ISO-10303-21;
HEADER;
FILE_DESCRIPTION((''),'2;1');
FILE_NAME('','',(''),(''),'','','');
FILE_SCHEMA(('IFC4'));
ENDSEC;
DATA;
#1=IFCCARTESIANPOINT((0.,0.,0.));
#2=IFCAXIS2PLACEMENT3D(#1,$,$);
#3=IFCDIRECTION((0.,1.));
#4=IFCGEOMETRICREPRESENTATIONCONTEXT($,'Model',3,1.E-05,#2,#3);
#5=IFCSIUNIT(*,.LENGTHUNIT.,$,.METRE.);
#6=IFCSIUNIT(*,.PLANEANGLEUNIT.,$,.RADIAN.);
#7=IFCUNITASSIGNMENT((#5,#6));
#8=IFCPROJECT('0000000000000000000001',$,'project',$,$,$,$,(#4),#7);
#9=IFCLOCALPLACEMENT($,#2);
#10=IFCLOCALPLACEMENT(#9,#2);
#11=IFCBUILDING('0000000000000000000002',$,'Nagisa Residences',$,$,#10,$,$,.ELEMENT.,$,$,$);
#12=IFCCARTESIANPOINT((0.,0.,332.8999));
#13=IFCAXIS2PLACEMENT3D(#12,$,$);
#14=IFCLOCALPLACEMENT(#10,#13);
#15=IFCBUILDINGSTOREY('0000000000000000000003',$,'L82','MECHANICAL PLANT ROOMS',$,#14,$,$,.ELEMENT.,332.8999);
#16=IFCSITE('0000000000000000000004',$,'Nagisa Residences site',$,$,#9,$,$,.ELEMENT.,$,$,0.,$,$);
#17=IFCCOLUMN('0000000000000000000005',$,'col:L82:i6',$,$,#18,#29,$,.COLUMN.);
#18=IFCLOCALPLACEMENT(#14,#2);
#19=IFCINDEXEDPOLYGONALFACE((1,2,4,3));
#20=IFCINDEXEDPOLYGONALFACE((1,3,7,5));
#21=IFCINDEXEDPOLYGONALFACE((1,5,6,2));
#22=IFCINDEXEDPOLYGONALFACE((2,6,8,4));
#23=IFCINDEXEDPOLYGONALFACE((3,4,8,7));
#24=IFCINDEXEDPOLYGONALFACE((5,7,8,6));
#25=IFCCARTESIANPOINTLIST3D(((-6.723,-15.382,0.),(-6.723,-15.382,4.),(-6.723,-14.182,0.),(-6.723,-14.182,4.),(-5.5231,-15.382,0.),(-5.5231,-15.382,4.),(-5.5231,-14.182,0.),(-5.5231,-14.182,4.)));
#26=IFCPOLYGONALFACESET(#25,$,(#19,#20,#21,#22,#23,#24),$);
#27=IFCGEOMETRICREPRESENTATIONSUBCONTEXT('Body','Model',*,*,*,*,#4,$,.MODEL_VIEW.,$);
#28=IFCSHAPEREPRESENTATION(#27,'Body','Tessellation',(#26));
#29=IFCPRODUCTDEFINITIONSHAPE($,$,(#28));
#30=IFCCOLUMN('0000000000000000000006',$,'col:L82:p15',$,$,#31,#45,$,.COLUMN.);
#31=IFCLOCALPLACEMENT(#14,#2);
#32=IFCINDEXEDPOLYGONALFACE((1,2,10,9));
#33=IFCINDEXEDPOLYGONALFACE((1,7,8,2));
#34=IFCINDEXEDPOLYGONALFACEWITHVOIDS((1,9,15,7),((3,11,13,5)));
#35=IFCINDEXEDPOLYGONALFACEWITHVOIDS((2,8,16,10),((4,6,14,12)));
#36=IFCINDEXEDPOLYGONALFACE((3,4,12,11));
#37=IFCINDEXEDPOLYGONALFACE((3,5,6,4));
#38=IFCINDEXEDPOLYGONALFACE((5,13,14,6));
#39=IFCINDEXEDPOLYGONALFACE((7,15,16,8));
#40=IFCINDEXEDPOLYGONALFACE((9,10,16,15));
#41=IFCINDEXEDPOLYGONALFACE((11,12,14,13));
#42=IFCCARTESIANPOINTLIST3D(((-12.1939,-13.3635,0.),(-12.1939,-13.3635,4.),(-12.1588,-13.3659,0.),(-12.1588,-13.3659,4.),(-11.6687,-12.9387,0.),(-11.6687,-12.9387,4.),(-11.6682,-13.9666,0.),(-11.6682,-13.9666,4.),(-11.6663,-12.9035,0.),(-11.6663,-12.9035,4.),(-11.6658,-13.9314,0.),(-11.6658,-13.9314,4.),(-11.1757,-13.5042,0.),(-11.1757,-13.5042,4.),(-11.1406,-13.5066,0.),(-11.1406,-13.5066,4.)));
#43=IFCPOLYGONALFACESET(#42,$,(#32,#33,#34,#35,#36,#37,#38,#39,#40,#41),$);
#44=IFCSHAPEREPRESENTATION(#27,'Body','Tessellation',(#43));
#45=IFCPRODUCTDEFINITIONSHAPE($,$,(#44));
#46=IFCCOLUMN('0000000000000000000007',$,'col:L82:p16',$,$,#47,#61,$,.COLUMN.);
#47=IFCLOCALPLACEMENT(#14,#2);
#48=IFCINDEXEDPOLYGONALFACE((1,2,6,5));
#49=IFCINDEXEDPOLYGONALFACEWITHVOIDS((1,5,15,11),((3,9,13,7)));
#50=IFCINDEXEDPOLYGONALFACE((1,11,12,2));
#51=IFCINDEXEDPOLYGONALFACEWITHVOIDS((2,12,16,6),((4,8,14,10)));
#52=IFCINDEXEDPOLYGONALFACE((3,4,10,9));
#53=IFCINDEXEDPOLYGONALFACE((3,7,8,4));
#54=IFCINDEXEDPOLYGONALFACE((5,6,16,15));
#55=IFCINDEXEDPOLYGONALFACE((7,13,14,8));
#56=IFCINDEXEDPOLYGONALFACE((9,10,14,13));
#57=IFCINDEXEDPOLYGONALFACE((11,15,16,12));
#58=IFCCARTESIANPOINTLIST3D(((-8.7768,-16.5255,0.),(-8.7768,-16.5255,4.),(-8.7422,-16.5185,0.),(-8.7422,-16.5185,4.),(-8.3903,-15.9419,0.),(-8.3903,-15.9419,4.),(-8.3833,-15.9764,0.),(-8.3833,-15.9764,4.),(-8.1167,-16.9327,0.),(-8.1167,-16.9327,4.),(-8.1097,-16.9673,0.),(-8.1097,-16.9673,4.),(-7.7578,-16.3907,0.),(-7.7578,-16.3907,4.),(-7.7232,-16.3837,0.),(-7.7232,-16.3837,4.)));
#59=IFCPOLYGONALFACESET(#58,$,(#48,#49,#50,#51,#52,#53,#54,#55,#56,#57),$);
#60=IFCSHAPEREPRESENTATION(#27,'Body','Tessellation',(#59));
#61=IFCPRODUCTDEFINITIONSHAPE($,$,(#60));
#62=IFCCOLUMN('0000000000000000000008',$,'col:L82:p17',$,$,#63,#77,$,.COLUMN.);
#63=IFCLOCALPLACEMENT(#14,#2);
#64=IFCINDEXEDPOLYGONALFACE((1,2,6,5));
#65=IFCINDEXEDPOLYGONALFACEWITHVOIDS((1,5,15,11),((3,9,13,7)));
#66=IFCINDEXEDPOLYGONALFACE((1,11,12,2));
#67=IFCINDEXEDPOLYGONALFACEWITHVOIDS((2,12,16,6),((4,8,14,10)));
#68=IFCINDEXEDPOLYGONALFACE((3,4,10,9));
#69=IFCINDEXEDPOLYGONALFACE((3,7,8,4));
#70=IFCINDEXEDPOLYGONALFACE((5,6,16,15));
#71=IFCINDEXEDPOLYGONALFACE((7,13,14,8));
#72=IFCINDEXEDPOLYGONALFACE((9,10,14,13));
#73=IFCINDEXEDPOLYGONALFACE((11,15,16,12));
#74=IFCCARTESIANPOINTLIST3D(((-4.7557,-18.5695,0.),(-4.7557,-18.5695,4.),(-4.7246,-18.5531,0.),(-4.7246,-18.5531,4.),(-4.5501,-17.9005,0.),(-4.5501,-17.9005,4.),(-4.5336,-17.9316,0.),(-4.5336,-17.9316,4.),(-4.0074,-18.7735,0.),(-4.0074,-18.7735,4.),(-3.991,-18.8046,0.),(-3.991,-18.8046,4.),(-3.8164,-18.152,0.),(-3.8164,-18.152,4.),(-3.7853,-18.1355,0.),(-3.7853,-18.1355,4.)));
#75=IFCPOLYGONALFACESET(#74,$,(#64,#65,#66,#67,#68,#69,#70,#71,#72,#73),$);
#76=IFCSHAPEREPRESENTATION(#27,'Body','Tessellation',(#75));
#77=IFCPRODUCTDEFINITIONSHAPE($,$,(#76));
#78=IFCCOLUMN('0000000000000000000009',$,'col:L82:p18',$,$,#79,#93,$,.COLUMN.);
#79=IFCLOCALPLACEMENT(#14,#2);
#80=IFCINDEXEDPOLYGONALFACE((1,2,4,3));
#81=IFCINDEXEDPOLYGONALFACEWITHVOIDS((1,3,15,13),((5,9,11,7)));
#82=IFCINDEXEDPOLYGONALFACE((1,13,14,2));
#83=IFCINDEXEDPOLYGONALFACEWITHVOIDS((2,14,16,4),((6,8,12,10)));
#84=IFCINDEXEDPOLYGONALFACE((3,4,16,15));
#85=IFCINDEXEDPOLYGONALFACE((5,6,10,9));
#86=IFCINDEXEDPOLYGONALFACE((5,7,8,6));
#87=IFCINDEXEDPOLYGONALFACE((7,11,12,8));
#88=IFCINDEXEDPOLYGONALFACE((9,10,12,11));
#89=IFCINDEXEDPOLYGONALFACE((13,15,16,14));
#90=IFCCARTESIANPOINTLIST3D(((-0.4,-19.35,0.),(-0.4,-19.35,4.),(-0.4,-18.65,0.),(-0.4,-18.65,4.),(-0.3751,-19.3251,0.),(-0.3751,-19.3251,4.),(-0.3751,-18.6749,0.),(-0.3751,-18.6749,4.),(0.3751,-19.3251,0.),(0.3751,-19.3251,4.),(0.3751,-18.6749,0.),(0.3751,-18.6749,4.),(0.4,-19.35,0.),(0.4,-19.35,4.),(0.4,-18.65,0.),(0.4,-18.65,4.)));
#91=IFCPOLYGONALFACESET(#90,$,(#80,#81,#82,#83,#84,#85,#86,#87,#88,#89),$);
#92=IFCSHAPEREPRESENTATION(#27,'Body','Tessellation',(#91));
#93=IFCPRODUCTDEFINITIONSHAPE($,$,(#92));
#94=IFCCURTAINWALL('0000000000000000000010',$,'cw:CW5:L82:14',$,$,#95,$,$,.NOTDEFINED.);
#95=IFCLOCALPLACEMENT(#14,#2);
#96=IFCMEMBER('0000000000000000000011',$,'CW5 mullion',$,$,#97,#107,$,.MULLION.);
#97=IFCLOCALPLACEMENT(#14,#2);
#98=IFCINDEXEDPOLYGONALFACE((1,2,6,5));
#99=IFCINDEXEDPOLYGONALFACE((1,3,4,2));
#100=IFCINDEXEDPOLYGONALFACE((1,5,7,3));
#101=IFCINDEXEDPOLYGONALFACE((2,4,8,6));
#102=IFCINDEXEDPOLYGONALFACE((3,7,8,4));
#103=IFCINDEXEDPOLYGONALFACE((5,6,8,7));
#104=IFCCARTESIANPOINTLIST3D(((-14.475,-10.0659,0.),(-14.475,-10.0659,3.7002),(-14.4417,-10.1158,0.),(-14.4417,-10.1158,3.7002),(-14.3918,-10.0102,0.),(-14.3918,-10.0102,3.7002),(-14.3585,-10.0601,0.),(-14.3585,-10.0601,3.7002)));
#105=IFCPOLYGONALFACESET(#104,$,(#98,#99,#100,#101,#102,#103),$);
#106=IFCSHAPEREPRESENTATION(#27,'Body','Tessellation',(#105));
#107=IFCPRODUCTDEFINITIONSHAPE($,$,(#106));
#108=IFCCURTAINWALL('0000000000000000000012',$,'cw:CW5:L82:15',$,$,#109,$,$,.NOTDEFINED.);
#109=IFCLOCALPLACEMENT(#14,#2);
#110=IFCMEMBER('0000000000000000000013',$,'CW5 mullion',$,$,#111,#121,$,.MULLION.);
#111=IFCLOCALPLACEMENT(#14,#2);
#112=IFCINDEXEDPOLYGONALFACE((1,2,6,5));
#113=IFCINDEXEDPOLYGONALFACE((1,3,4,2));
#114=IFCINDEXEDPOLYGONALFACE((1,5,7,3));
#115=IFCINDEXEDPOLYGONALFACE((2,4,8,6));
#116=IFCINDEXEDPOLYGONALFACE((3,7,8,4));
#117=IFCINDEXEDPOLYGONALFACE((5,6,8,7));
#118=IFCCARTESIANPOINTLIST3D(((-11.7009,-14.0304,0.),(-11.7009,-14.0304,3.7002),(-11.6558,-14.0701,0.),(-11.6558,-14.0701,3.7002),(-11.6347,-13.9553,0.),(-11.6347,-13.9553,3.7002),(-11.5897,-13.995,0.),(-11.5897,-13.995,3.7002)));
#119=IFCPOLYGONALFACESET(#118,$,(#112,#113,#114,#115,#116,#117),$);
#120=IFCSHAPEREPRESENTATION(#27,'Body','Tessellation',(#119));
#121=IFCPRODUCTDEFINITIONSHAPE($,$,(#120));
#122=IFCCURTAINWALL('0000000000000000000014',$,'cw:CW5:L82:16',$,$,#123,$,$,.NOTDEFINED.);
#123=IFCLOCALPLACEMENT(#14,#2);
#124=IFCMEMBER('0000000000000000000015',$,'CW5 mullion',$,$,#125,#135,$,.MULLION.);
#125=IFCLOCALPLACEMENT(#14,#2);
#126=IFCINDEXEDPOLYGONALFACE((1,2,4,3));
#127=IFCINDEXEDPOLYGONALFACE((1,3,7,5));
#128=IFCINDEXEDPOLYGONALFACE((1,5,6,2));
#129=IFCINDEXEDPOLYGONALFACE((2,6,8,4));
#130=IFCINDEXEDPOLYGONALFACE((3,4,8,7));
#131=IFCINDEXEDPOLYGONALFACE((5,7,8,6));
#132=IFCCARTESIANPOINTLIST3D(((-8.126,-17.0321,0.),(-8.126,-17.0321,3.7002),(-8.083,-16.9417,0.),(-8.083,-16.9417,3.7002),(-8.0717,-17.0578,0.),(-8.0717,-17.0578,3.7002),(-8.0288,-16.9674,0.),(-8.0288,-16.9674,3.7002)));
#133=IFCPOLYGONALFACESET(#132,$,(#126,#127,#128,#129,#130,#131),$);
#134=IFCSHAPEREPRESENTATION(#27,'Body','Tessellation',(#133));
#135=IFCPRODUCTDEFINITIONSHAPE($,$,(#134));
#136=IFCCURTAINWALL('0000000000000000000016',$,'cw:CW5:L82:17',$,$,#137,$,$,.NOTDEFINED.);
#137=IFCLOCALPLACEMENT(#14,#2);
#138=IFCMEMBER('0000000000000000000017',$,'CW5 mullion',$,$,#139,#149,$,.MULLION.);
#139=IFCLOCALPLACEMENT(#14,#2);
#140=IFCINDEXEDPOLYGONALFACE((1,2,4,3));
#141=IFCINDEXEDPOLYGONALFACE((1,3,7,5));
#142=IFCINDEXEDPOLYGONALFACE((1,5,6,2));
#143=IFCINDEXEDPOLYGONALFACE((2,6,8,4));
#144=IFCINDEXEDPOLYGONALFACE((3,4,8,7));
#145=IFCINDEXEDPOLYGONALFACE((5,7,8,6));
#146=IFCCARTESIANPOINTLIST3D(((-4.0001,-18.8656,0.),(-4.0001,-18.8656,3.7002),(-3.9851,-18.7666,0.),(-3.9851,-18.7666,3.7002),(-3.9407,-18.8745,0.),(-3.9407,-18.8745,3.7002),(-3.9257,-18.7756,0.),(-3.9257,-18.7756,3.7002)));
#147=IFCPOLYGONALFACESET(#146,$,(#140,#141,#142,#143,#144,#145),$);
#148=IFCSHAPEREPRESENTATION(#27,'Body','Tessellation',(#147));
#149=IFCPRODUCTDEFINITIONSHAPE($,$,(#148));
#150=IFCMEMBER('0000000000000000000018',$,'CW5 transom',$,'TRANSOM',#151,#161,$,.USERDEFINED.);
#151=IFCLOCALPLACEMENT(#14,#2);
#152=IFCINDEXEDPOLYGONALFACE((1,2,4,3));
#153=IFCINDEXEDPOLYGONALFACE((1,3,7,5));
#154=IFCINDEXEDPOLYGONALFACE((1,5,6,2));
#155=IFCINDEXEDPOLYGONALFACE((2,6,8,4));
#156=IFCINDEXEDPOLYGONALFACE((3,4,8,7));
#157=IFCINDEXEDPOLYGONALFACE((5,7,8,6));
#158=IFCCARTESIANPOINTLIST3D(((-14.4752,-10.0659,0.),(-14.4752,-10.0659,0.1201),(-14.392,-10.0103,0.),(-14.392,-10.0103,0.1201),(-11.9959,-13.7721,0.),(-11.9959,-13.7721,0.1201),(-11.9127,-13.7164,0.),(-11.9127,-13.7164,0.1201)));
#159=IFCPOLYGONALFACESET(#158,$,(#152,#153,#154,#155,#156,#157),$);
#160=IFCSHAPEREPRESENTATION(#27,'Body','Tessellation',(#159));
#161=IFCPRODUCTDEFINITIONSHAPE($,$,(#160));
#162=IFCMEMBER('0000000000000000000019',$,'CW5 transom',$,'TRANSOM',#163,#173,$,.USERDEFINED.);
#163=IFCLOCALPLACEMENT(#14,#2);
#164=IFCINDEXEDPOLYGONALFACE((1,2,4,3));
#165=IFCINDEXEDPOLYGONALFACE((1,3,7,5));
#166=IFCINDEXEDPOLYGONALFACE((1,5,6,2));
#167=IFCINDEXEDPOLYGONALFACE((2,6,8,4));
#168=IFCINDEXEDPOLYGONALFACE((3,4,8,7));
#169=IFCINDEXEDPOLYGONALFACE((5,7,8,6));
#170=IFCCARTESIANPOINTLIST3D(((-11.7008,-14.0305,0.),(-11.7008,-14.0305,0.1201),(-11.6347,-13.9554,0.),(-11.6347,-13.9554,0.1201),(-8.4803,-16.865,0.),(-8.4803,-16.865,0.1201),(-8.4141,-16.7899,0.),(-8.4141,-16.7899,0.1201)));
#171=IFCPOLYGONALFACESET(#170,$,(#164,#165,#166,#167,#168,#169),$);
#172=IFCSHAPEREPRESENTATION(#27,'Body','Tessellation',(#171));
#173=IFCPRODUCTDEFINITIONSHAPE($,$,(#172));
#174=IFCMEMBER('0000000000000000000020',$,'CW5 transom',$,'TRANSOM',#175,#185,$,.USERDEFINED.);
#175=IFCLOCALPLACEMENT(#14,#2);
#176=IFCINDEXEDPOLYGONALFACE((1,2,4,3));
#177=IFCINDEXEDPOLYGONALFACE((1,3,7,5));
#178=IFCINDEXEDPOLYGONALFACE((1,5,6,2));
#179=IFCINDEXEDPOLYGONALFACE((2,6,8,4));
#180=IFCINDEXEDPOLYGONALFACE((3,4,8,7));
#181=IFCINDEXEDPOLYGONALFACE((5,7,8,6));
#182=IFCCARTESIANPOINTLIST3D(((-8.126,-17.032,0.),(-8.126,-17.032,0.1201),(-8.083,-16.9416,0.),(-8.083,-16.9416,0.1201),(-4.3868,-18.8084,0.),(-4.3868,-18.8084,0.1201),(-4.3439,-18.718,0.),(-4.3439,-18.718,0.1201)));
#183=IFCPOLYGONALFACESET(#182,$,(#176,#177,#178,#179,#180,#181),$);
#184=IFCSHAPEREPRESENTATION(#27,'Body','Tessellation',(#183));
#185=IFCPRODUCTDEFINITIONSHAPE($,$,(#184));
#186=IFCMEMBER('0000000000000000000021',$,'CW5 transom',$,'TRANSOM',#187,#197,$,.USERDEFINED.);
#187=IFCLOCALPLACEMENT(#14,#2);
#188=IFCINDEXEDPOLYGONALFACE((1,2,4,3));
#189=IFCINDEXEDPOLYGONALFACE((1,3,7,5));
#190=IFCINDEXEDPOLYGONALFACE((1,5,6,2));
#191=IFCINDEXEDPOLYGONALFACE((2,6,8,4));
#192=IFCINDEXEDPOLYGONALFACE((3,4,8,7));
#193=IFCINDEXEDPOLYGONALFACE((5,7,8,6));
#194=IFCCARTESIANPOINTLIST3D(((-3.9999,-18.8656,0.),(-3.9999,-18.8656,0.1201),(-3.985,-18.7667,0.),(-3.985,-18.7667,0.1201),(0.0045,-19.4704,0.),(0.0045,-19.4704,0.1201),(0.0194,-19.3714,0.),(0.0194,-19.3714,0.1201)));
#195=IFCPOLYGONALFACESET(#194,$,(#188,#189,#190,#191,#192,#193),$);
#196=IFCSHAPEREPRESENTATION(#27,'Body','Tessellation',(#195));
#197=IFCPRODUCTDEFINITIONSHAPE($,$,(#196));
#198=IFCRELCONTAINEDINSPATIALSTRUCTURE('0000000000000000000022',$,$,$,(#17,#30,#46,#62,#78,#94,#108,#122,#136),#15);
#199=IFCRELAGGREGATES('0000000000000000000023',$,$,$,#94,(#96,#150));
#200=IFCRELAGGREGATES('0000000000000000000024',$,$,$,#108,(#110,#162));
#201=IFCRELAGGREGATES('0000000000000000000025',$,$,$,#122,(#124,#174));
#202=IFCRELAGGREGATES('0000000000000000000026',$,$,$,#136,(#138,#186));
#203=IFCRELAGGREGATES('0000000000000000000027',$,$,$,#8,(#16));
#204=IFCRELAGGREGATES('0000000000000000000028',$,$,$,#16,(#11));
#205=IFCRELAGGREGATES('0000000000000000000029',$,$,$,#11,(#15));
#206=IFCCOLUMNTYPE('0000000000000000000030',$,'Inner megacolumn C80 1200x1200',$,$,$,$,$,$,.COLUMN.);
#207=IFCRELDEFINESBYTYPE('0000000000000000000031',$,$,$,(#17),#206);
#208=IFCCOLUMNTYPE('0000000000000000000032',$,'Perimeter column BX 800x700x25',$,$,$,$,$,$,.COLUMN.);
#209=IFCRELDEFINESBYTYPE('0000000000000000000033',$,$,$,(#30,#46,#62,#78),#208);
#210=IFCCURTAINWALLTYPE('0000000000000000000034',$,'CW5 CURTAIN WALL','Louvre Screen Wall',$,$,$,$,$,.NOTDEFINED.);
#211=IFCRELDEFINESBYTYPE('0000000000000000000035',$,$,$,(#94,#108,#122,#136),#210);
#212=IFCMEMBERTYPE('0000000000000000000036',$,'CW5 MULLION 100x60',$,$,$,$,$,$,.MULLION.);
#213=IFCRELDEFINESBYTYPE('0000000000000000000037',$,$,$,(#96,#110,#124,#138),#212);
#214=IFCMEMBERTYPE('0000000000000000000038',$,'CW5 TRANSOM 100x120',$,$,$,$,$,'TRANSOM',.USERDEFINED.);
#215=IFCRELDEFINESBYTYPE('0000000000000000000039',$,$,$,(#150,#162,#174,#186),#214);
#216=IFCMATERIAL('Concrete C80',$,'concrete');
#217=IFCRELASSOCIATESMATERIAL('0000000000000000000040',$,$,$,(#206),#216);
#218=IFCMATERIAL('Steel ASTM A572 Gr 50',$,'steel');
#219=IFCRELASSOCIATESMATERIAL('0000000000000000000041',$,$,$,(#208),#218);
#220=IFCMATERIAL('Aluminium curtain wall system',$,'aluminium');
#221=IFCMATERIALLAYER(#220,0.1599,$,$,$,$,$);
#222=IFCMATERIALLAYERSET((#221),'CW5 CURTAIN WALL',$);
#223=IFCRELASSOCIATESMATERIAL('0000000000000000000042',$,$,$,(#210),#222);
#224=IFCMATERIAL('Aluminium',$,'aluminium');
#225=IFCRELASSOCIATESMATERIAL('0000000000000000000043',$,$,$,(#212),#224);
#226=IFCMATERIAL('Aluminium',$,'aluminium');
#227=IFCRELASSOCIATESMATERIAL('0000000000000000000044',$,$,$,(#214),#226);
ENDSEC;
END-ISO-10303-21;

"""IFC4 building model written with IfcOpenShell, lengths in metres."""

from ifc_helpers import new_model, si_unit, direction, frame, origin, origin_2d, place, context, subcontext, project, spatial, rectangle, hollow_rectangle, extrude, material, layer, layer_set, material_profile, profile_set, type_object, element, aggregate, save


model = new_model("IFC4")

# Units and contexts
model_context = context("Model", 3, precision=1e-05, world=origin(), true_north=direction((0.0, 1.0)))
body_context = subcontext(model_context, "Body", "Model", "MODEL_VIEW")
ifc_project = project(units=[si_unit("LENGTHUNIT", "METRE"), si_unit("PLANEANGLEUNIT", "RADIAN")], contexts=[model_context])

# Site, building, storey
site_placement = place(None, origin())
site = spatial("IfcSite", under=ifc_project, at=site_placement, Name="Nagisa Residences site", CompositionType="ELEMENT", RefElevation=0.0)
building_placement = place(site_placement, origin())
building = spatial("IfcBuilding", under=site, at=building_placement, Name="Nagisa Residences", CompositionType="ELEMENT")
storey_placement = place(building_placement, frame((0.0, 0.0, 332.8999)))
storey = spatial("IfcBuildingStorey", under=building, at=storey_placement, Name="L82", Description="MECHANICAL PLANT ROOMS", CompositionType="ELEMENT", Elevation=332.8999)

# Columns
ifc_material_1 = material(Name="Concrete C80", Category="concrete")
ifc_material_profile_1 = material_profile(ifc_material_1, rectangle(XDim=1.2, YDim=1.2, at=origin_2d()), Name="C80 1200x1200")
ifc_profile_set_1 = profile_set([ifc_material_profile_1], Name="Concrete C80")
column_type_1 = type_object("IfcColumnType", Name="Inner megacolumn C80 1200x1200", PredefinedType="COLUMN", material=ifc_profile_set_1)
column_placement = place(storey_placement, frame((-6.123, -14.782, 0.0), z_axis=(0.0, 0.0, 1.0), x_axis=(1.0, 0.0, 0.0)))
element("IfcColumn", 1, at=column_placement, inside=storey, type_object=column_type_1, Name="col:L82:i6", PredefinedType="COLUMN", context=body_context, shape_type="SweptSolid", body=[
    extrude(rectangle(XDim=1.2, YDim=1.2, at=origin_2d()), origin(), (0.0, 0.0, 1.0), 4.0),
])
ifc_material_2 = material(Name="Steel ASTM A572 Gr 50", Category="steel")
ifc_material_profile_2 = material_profile(ifc_material_2, hollow_rectangle(XDim=0.8, YDim=0.7, WallThickness=0.0249, at=origin_2d()), Name="BX 800x700x25")
ifc_profile_set_2 = profile_set([ifc_material_profile_2], Name="Steel ASTM A572 Gr 50")
column_type_2 = type_object("IfcColumnType", Name="Perimeter column BX 800x700x25", PredefinedType="COLUMN", material=ifc_profile_set_2)
for number, where, z_axis, x_axis, name in (
    (2, (-11.6672, -13.4351, 0.0), (0.0, 0.0, 1.0), (0.657135, -0.753773, 0.0), "col:L82:p15"),
    (3, (-8.25, -16.4546, 0.0), (0.0, 0.0, 1.0), (0.833744, -0.552151, 0.0), "col:L82:p16"),
    (4, (-4.2705, -18.3525, 0.0), (0.0, 0.0, 1.0), (0.95587, -0.29379, 0.0), "col:L82:p17"),
    (5, (0.0, -19.0, 0.0), (0.0, 0.0, 1.0), (1.0, 0.0, 0.0), "col:L82:p18"),
):
    element("IfcColumn", number, at=place(storey_placement, frame(where, z_axis=z_axis, x_axis=x_axis)), inside=storey, type_object=column_type_2, Name=name, PredefinedType="COLUMN", context=body_context, shape_type="SweptSolid", body=[
        extrude(hollow_rectangle(XDim=0.8, YDim=0.7, WallThickness=0.0249, at=origin_2d()), origin(), (0.0, 0.0, 1.0), 4.0),
    ])

# Curtain walls, members
ifc_material_3 = material(Name="Aluminium curtain wall system", Category="aluminium")
ifc_layer_1 = layer(ifc_material_3, 0.1599)
ifc_layer_set_1 = layer_set([ifc_layer_1], Name="CW5 CURTAIN WALL")
curtain_wall_type = type_object("IfcCurtainWallType", Name="CW5 CURTAIN WALL", Description="Louvre Screen Wall", PredefinedType="NOTDEFINED", material=ifc_layer_set_1)
curtain_wall_1_placement = place(storey_placement, origin())
curtain_wall_1 = element("IfcCurtainWall", 6, at=curtain_wall_1_placement, inside=storey, type_object=curtain_wall_type, Name="cw:CW5:L82:14", PredefinedType="NOTDEFINED")
ifc_material_4 = material(Name="Aluminium", Category="aluminium")
ifc_material_profile_3 = material_profile(ifc_material_4, rectangle(XDim=0.1001, YDim=0.0601, at=origin_2d()), Name="CW5 MULLION 100x60")
ifc_profile_set_3 = profile_set([ifc_material_profile_3], Name="Aluminium")
member_type_1 = type_object("IfcMemberType", Name="CW5 MULLION 100x60", PredefinedType="MULLION", material=ifc_profile_set_3)
member_1_placement = place(storey_placement, frame((-14.4167, -10.063, 0.0), z_axis=(0.0, 0.0, 1.0), x_axis=(0.831173, 0.556014, 0.0)))
member_1 = element("IfcMember", 7, at=member_1_placement, type_object=member_type_1, Name="CW5 mullion", PredefinedType="MULLION", context=body_context, shape_type="SweptSolid", body=[
    extrude(rectangle(XDim=0.1001, YDim=0.0601, at=origin_2d()), origin(), (0.0, 0.0, 1.0), 3.7002),
])
curtain_wall_2_placement = place(storey_placement, origin())
curtain_wall_2 = element("IfcCurtainWall", 8, at=curtain_wall_2_placement, inside=storey, type_object=curtain_wall_type, Name="cw:CW5:L82:15", PredefinedType="NOTDEFINED")
member_2_placement = place(storey_placement, frame((-11.6453, -14.0127, 0.0), z_axis=(0.0, 0.0, 1.0), x_axis=(0.660699, 0.750651, 0.0)))
member_2 = element("IfcMember", 9, at=member_2_placement, type_object=member_type_1, Name="CW5 mullion", PredefinedType="MULLION", context=body_context, shape_type="SweptSolid", body=[
    extrude(rectangle(XDim=0.1001, YDim=0.0601, at=origin_2d()), origin(), (0.0, 0.0, 1.0), 3.7002),
])
curtain_wall_3_placement = place(storey_placement, origin())
curtain_wall_3 = element("IfcCurtainWall", 10, at=curtain_wall_3_placement, inside=storey, type_object=curtain_wall_type, Name="cw:CW5:L82:16", PredefinedType="NOTDEFINED")
member_3_placement = place(storey_placement, frame((-8.0774, -16.9998, 0.0), z_axis=(0.0, 0.0, 1.0), x_axis=(0.429151, 0.903233, 0.0)))
member_3 = element("IfcMember", 11, at=member_3_placement, type_object=member_type_1, Name="CW5 mullion", PredefinedType="MULLION", context=body_context, shape_type="SweptSolid", body=[
    extrude(rectangle(XDim=0.1001, YDim=0.0601, at=origin_2d()), origin(), (0.0, 0.0, 1.0), 3.7002),
])
curtain_wall_4_placement = place(storey_placement, origin())
curtain_wall_4 = element("IfcCurtainWall", 12, at=curtain_wall_4_placement, inside=storey, type_object=curtain_wall_type, Name="cw:CW5:L82:17", PredefinedType="NOTDEFINED")
member_4_placement = place(storey_placement, frame((-3.9629, -18.8206, 0.0), z_axis=(0.0, 0.0, 1.0), x_axis=(0.14932, 0.988789, 0.0)))
member_4 = element("IfcMember", 13, at=member_4_placement, type_object=member_type_1, Name="CW5 mullion", PredefinedType="MULLION", context=body_context, shape_type="SweptSolid", body=[
    extrude(rectangle(XDim=0.1001, YDim=0.0601, at=origin_2d()), origin(), (0.0, 0.0, 1.0), 3.7002),
])

# Members
ifc_material_5 = material(Name="Aluminium", Category="aluminium")
ifc_material_profile_4 = material_profile(ifc_material_5, rectangle(XDim=0.1001, YDim=0.1201, at=origin_2d()), Name="CW5 TRANSOM 100x120")
ifc_profile_set_4 = profile_set([ifc_material_profile_4], Name="Aluminium")
member_type_2 = type_object("IfcMemberType", Name="CW5 TRANSOM 100x120", ElementType="TRANSOM", PredefinedType="USERDEFINED", material=ifc_profile_set_4)
member_5_placement = place(storey_placement, frame((-14.4336, -10.0381, 0.0601), z_axis=(0.556026, -0.831165, 0.0), x_axis=(0.831165, 0.556026, 0.0)))
member_5 = element("IfcMember", 14, at=member_5_placement, type_object=member_type_2, Name="CW5 transom", ObjectType="TRANSOM", PredefinedType="USERDEFINED", context=body_context, shape_type="SweptSolid", body=[
    extrude(rectangle(XDim=0.1001, YDim=0.1201, at=origin_2d()), origin(), (0.0, 0.0, 1.0), 4.459),
])
member_6_placement = place(storey_placement, frame((-11.6677, -13.9929, 0.0601), z_axis=(0.750659, -0.660689, 0.0), x_axis=(0.660689, 0.750659, 0.0)))
member_6 = element("IfcMember", 15, at=member_6_placement, type_object=member_type_2, Name="CW5 transom", ObjectType="TRANSOM", PredefinedType="USERDEFINED", context=body_context, shape_type="SweptSolid", body=[
    extrude(rectangle(XDim=0.1001, YDim=0.1201, at=origin_2d()), origin(), (0.0, 0.0, 1.0), 4.2903),
])
member_7_placement = place(storey_placement, frame((-8.1045, -16.9868, 0.0601), z_axis=(0.903246, -0.429123, 0.0), x_axis=(0.429123, 0.903246, 0.0)))
member_7 = element("IfcMember", 16, at=member_7_placement, type_object=member_type_2, Name="CW5 transom", ObjectType="TRANSOM", PredefinedType="USERDEFINED", context=body_context, shape_type="SweptSolid", body=[
    extrude(rectangle(XDim=0.1001, YDim=0.1201, at=origin_2d()), origin(), (0.0, 0.0, 1.0), 4.1396),
])
member_8_placement = place(storey_placement, frame((-3.9924, -18.8162, 0.0601), z_axis=(0.988788, -0.149325, 0.0), x_axis=(0.149325, 0.988788, 0.0)))
member_8 = element("IfcMember", 17, at=member_8_placement, type_object=member_type_2, Name="CW5 transom", ObjectType="TRANSOM", PredefinedType="USERDEFINED", context=body_context, shape_type="SweptSolid", body=[
    extrude(rectangle(XDim=0.1001, YDim=0.1201, at=origin_2d()), origin(), (0.0, 0.0, 1.0), 4.0498),
])

aggregate(curtain_wall_1, [member_1, member_5])
aggregate(curtain_wall_2, [member_2, member_6])
aggregate(curtain_wall_3, [member_3, member_7])
aggregate(curtain_wall_4, [member_4, member_8])

save(model, "model.ifc")
